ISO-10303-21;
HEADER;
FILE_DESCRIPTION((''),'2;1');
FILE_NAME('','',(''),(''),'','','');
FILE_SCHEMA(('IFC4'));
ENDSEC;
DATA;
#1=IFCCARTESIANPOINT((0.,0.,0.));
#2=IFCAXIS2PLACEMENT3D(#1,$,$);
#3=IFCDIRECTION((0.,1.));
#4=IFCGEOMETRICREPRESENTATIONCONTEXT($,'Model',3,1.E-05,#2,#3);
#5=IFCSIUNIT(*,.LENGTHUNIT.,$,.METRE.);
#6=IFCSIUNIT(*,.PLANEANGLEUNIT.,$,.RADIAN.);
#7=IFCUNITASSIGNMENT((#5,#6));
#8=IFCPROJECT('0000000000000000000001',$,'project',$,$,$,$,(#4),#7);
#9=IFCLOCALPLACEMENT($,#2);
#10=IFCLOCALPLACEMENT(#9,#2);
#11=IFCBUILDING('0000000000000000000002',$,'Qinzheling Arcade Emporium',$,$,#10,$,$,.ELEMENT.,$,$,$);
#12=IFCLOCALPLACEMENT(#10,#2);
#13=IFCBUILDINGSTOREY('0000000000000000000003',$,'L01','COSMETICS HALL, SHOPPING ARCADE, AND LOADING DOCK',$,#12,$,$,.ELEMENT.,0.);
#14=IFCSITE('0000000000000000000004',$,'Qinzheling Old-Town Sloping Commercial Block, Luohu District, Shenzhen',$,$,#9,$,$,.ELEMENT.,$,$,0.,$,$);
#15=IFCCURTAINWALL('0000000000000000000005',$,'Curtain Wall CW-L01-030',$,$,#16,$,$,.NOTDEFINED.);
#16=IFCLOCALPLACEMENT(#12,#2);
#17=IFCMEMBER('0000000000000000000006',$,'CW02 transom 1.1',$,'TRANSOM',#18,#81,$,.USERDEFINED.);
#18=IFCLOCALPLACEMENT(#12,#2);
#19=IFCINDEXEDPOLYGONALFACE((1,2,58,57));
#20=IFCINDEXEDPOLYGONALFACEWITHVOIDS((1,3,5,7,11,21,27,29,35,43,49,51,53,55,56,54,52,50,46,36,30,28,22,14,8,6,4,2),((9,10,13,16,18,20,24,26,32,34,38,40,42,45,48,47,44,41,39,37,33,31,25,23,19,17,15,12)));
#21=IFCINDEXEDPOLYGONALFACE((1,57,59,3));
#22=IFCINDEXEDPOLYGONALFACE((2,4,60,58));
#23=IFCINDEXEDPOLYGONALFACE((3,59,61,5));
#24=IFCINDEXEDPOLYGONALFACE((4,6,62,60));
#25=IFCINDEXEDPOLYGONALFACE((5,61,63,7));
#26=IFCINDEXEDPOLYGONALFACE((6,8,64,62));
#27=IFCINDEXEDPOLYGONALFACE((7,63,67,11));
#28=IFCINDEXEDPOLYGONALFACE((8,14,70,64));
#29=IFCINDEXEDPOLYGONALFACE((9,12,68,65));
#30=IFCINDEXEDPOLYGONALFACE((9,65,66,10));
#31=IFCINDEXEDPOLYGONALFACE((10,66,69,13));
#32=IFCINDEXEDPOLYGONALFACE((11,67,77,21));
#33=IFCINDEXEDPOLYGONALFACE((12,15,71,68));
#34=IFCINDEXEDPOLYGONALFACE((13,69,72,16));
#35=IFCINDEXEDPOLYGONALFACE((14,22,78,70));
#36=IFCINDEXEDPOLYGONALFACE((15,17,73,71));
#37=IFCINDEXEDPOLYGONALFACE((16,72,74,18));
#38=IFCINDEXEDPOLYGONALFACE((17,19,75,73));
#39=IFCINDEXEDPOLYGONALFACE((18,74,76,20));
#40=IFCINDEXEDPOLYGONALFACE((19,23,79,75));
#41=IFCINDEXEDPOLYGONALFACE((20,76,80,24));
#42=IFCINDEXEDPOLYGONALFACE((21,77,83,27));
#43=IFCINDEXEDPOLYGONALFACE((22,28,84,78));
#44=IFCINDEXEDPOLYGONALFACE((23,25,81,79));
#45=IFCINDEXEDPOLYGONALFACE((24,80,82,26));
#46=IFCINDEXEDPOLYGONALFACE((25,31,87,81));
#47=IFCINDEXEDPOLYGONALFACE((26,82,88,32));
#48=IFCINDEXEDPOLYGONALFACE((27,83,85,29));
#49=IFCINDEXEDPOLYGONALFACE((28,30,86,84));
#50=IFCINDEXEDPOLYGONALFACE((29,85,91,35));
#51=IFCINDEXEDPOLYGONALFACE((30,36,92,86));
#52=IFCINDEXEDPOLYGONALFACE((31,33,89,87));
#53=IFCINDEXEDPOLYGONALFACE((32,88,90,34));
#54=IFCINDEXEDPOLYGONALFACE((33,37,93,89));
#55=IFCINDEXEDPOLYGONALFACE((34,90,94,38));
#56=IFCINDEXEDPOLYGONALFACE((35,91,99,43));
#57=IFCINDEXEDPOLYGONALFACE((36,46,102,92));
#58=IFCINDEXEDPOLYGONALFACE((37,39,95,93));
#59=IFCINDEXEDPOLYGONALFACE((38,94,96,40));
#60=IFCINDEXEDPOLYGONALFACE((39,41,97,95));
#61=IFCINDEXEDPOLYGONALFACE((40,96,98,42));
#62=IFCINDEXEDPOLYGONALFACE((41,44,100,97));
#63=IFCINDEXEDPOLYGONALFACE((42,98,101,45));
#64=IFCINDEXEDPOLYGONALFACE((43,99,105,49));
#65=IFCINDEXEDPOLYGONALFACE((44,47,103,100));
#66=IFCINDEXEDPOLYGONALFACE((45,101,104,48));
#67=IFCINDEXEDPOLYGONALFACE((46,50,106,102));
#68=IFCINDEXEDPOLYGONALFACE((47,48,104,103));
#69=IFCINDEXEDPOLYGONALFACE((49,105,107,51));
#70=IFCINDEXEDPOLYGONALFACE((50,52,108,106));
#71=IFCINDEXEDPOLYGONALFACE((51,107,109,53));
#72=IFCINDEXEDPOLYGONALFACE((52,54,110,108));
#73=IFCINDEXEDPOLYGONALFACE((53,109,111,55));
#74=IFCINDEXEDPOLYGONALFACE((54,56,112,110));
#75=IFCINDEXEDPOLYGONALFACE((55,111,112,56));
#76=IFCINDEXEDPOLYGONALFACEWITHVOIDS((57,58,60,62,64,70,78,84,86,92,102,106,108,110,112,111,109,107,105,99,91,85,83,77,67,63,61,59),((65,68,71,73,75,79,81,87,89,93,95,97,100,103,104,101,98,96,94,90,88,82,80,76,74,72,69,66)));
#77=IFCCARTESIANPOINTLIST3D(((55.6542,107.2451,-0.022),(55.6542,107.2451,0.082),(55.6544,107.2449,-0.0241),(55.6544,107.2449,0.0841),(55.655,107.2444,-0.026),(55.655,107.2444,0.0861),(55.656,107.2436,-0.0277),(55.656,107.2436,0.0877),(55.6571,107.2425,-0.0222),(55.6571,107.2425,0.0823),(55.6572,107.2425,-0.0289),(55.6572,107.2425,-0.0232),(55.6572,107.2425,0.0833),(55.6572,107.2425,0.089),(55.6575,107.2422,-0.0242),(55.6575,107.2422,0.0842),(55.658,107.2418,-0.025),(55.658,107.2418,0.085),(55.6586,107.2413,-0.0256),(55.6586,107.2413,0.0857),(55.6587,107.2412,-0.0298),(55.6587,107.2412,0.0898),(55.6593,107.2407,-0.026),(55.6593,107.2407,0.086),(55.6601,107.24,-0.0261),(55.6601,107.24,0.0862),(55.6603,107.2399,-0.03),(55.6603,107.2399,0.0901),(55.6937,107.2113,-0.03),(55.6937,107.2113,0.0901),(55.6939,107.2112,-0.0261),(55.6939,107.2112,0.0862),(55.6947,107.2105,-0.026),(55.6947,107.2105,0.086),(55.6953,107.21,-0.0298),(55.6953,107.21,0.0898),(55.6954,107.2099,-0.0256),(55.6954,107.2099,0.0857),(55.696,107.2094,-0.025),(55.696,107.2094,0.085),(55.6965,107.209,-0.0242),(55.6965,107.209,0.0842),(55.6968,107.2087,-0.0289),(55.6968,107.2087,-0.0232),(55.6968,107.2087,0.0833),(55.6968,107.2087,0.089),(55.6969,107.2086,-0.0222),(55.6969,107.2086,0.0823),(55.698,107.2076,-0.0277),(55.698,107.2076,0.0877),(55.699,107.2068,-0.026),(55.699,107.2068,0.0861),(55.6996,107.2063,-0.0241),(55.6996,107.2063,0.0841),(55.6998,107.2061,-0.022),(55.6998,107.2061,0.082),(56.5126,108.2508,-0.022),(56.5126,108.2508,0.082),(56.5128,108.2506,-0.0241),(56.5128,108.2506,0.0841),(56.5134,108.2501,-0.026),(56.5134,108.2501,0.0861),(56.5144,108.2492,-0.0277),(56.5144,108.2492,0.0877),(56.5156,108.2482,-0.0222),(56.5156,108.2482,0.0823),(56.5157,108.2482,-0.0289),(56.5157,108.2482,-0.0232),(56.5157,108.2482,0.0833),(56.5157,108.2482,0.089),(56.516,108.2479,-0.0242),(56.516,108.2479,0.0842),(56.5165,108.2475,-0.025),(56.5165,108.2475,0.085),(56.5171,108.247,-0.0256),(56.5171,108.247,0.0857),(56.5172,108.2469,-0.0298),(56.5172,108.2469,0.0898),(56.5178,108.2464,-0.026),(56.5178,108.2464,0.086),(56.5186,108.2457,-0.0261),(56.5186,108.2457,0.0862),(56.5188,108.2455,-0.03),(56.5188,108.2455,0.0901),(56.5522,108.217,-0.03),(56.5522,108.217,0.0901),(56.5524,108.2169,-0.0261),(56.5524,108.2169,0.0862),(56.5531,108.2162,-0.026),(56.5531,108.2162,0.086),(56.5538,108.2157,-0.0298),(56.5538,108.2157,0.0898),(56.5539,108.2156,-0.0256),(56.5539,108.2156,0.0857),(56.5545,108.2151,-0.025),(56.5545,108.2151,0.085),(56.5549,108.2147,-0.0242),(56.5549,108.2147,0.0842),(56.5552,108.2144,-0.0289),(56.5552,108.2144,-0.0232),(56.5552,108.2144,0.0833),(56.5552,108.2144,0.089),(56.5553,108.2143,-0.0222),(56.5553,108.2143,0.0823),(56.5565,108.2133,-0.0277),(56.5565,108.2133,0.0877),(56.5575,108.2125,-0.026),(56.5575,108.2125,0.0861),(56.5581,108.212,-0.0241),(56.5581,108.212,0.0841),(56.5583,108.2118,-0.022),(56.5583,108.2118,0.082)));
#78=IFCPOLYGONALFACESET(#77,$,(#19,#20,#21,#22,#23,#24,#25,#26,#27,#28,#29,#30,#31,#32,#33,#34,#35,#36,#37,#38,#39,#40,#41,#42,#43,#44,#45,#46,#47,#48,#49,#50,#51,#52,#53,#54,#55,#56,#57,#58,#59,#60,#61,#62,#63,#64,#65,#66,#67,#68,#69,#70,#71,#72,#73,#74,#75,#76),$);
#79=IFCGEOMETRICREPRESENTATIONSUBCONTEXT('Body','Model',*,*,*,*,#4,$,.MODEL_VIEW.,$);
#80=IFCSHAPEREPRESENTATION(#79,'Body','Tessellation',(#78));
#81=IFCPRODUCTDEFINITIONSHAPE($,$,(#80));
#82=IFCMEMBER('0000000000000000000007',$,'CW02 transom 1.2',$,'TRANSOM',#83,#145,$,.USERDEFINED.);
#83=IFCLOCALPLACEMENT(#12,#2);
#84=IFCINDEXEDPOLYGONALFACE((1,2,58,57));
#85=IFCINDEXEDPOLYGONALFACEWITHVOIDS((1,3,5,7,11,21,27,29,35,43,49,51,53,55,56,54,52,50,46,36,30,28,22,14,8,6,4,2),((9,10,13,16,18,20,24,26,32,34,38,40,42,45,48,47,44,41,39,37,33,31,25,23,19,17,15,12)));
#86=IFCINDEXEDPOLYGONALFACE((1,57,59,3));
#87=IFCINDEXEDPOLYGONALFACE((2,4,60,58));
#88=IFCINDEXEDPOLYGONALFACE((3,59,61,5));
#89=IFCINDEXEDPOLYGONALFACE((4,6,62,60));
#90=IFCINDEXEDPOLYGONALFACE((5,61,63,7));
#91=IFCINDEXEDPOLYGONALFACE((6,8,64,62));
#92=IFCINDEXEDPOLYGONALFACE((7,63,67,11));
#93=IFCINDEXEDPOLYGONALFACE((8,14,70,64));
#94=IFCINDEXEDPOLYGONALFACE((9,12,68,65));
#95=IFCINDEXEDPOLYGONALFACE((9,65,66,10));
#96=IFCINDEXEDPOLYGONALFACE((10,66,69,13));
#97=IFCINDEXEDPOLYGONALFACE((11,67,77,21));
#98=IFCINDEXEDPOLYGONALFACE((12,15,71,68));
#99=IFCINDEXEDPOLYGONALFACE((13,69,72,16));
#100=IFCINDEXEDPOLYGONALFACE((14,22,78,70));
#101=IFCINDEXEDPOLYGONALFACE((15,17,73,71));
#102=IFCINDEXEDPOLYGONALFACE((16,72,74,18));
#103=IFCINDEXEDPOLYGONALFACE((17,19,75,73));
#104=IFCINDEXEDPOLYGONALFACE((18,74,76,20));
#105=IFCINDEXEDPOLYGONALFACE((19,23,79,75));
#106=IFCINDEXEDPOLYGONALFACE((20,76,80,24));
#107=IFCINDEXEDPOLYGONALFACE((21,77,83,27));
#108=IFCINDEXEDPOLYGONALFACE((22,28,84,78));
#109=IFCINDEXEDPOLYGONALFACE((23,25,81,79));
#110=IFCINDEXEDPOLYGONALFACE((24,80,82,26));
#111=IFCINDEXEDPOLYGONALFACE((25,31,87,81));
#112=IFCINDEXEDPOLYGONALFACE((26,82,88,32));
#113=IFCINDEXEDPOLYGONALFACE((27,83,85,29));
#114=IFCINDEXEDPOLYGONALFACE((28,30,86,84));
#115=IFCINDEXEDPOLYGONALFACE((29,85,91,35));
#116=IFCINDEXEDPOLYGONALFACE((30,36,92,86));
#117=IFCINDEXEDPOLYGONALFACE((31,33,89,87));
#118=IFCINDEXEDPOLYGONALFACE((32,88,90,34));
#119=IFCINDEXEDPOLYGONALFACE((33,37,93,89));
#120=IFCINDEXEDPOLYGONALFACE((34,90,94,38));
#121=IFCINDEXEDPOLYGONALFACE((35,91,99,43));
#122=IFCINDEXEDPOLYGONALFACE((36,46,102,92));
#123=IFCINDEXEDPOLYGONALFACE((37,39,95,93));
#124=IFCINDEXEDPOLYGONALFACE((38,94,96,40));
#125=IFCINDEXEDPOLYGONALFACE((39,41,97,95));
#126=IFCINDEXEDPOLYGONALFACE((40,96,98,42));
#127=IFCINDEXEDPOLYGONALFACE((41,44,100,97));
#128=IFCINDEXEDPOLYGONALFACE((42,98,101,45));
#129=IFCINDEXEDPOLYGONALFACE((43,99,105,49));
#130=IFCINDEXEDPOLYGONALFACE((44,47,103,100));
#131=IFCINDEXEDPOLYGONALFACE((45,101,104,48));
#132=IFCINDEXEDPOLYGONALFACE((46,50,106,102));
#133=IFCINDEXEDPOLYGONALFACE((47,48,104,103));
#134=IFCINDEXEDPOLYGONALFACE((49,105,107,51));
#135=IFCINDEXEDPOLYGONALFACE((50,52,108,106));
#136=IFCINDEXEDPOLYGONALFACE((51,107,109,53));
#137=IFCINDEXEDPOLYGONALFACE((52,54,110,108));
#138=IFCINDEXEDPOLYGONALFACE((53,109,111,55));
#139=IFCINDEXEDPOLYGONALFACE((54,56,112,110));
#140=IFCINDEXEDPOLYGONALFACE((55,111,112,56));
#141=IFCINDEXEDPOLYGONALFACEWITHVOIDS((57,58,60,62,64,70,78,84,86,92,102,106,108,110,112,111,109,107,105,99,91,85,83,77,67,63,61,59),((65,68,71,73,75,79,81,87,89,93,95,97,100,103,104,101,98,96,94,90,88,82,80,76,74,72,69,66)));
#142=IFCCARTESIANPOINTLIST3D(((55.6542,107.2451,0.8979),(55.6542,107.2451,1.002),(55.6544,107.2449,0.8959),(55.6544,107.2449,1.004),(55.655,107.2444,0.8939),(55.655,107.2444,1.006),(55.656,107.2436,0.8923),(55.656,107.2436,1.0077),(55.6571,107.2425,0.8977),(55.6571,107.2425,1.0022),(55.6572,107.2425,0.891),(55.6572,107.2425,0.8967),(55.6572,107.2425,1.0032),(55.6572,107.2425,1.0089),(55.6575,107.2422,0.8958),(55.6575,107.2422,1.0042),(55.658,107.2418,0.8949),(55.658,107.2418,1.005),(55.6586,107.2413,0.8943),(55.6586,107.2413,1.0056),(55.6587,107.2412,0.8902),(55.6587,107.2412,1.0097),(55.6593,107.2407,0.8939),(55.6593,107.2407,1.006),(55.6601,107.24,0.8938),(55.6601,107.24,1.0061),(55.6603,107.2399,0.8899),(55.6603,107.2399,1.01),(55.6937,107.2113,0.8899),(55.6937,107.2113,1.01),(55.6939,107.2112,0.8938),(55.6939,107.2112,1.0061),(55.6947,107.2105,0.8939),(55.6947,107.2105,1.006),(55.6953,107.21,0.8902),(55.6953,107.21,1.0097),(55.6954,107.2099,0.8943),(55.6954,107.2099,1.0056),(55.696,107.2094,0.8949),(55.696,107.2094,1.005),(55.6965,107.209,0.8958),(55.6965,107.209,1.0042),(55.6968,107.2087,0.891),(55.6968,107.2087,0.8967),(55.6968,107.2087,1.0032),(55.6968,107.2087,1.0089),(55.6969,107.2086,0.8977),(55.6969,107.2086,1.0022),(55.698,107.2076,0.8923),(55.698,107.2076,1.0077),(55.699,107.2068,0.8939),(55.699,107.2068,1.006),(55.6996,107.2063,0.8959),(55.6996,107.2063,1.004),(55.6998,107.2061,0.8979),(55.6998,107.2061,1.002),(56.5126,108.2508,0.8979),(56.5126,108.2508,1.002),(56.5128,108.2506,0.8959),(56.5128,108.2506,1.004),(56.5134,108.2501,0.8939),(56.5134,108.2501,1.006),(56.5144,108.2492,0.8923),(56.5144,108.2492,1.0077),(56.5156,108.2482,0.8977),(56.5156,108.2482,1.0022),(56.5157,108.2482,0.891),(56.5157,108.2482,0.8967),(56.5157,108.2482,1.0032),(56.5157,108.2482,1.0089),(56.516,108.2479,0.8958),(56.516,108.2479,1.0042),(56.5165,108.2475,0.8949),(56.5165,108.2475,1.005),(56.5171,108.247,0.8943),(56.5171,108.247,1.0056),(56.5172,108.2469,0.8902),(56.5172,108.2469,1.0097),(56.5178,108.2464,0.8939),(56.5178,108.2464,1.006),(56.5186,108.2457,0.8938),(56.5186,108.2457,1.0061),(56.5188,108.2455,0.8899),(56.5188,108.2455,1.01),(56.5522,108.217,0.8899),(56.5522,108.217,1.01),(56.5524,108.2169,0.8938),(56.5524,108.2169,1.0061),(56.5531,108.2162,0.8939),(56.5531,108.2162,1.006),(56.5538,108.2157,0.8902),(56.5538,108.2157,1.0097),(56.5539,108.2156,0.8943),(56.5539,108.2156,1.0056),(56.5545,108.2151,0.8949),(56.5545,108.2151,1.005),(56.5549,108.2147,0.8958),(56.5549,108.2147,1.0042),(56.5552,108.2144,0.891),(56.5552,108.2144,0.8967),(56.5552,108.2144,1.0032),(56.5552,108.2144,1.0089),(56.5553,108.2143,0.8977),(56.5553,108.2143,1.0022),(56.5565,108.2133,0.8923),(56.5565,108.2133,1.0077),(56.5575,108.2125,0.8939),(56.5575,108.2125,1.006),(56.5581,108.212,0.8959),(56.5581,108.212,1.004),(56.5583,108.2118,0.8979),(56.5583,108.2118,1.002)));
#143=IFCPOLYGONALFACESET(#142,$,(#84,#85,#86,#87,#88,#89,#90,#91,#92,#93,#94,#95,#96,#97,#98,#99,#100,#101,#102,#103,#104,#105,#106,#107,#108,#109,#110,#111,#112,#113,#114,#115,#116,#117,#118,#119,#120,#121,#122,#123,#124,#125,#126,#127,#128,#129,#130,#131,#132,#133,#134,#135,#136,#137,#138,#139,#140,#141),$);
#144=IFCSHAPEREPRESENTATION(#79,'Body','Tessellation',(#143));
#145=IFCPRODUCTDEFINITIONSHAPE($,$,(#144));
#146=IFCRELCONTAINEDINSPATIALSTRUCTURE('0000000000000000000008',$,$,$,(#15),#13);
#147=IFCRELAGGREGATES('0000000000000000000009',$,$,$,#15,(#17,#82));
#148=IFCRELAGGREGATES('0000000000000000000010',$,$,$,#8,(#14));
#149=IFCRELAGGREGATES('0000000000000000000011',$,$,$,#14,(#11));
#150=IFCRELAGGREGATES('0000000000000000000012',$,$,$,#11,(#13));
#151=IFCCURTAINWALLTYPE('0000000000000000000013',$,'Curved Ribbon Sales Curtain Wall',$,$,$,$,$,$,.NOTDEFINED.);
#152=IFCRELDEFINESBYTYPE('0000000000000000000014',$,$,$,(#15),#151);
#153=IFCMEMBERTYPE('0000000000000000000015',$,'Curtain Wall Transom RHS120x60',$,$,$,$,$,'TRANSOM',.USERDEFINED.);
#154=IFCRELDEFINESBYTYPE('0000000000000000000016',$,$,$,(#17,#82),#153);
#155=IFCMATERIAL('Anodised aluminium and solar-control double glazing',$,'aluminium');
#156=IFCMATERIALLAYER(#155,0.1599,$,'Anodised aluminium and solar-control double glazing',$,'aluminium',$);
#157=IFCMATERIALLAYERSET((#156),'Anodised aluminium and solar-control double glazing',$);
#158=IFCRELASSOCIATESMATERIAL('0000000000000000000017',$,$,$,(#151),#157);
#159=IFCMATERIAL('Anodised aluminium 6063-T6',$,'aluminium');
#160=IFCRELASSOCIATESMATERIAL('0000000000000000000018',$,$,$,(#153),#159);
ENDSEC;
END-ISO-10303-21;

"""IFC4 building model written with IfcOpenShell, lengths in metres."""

from ifc_helpers import new_model, si_unit, direction, frame, origin, origin_2d, place, context, subcontext, project, spatial, hollow_rectangle, extrude, material, layer, layer_set, material_profile, profile_set, type_object, element, aggregate, save


model = new_model("IFC4")

# Units and contexts
model_context = context("Model", 3, precision=1e-05, world=origin(), true_north=direction((0.0, 1.0)))
body_context = subcontext(model_context, "Body", "Model", "MODEL_VIEW")
ifc_project = project(units=[si_unit("LENGTHUNIT", "METRE"), si_unit("PLANEANGLEUNIT", "RADIAN")], contexts=[model_context])

# Site, building, storey
site_placement = place(None, origin())
site = spatial("IfcSite", under=ifc_project, at=site_placement, Name="Qinzheling Old-Town Sloping Commercial Block, Luohu District, Shenzhen", CompositionType="ELEMENT", RefElevation=0.0)
building_placement = place(site_placement, origin())
building = spatial("IfcBuilding", under=site, at=building_placement, Name="Qinzheling Arcade Emporium", CompositionType="ELEMENT")
storey_placement = place(building_placement, origin())
storey = spatial("IfcBuildingStorey", under=building, at=storey_placement, Name="L01", Description="COSMETICS HALL, SHOPPING ARCADE, AND LOADING DOCK", CompositionType="ELEMENT", Elevation=0.0)

# Shared definitions
ifc_material_1 = material(Name="Anodised aluminium and solar-control double glazing", Category="aluminium")
ifc_layer_1 = layer(ifc_material_1, 0.1599, Name="Anodised aluminium and solar-control double glazing", Category="aluminium")
ifc_layer_set_1 = layer_set([ifc_layer_1], Name="Anodised aluminium and solar-control double glazing")
curtain_wall_type = type_object("IfcCurtainWallType", Name="Curved Ribbon Sales Curtain Wall", PredefinedType="NOTDEFINED", material=ifc_layer_set_1)
ifc_material_2 = material(Name="Anodised aluminium 6063-T6", Category="aluminium")

# Curtain wall
curtain_wall_1_placement = place(storey_placement, origin())
curtain_wall_1 = element("IfcCurtainWall", 1, at=curtain_wall_1_placement, inside=storey, type_object=curtain_wall_type, Name="Curtain Wall CW-L01-030", PredefinedType="NOTDEFINED")

# Members
ifc_material_profile_1 = material_profile(ifc_material_2, hollow_rectangle(XDim=0.0601, YDim=0.1201, WallThickness=0.0039, InnerFilletRadius=0.0039, OuterFilletRadius=0.0081, at=origin_2d()), Name="RHS 120x60x4", Category="aluminium")
ifc_profile_set_1 = profile_set([ifc_material_profile_1], Name="Anodised aluminium 6063-T6")
member_type_1 = type_object("IfcMemberType", Name="Curtain Wall Transom RHS120x60", ElementType="TRANSOM", PredefinedType="USERDEFINED", material=ifc_profile_set_1)
member_1_placement = place(storey_placement, frame((55.677, 107.2256, 0.03), z_axis=(0.649239, 0.760585, 0.0), x_axis=(-0.760585, 0.649239, 0.0)))
member_1 = element("IfcMember", 2, at=member_1_placement, type_object=member_type_1, Name="CW02 transom 1.1", ObjectType="TRANSOM", PredefinedType="USERDEFINED", context=body_context, shape_type="SweptSolid", body=[
    extrude(hollow_rectangle(XDim=0.0601, YDim=0.1201, WallThickness=0.0039, InnerFilletRadius=0.0039, OuterFilletRadius=0.0081, at=origin_2d()), origin(), (0.0, 0.0, 1.0), 1.3223),
])
member_2_placement = place(storey_placement, frame((55.677, 107.2256, 0.95), z_axis=(0.649239, 0.760585, 0.0), x_axis=(-0.760585, 0.649239, 0.0)))
member_2 = element("IfcMember", 3, at=member_2_placement, type_object=member_type_1, Name="CW02 transom 1.2", ObjectType="TRANSOM", PredefinedType="USERDEFINED", context=body_context, shape_type="SweptSolid", body=[
    extrude(hollow_rectangle(XDim=0.0601, YDim=0.1201, WallThickness=0.0039, InnerFilletRadius=0.0039, OuterFilletRadius=0.0081, at=origin_2d()), origin(), (0.0, 0.0, 1.0), 1.3223),
])

aggregate(curtain_wall_1, [member_1, member_2])

save(model, "model.ifc")
